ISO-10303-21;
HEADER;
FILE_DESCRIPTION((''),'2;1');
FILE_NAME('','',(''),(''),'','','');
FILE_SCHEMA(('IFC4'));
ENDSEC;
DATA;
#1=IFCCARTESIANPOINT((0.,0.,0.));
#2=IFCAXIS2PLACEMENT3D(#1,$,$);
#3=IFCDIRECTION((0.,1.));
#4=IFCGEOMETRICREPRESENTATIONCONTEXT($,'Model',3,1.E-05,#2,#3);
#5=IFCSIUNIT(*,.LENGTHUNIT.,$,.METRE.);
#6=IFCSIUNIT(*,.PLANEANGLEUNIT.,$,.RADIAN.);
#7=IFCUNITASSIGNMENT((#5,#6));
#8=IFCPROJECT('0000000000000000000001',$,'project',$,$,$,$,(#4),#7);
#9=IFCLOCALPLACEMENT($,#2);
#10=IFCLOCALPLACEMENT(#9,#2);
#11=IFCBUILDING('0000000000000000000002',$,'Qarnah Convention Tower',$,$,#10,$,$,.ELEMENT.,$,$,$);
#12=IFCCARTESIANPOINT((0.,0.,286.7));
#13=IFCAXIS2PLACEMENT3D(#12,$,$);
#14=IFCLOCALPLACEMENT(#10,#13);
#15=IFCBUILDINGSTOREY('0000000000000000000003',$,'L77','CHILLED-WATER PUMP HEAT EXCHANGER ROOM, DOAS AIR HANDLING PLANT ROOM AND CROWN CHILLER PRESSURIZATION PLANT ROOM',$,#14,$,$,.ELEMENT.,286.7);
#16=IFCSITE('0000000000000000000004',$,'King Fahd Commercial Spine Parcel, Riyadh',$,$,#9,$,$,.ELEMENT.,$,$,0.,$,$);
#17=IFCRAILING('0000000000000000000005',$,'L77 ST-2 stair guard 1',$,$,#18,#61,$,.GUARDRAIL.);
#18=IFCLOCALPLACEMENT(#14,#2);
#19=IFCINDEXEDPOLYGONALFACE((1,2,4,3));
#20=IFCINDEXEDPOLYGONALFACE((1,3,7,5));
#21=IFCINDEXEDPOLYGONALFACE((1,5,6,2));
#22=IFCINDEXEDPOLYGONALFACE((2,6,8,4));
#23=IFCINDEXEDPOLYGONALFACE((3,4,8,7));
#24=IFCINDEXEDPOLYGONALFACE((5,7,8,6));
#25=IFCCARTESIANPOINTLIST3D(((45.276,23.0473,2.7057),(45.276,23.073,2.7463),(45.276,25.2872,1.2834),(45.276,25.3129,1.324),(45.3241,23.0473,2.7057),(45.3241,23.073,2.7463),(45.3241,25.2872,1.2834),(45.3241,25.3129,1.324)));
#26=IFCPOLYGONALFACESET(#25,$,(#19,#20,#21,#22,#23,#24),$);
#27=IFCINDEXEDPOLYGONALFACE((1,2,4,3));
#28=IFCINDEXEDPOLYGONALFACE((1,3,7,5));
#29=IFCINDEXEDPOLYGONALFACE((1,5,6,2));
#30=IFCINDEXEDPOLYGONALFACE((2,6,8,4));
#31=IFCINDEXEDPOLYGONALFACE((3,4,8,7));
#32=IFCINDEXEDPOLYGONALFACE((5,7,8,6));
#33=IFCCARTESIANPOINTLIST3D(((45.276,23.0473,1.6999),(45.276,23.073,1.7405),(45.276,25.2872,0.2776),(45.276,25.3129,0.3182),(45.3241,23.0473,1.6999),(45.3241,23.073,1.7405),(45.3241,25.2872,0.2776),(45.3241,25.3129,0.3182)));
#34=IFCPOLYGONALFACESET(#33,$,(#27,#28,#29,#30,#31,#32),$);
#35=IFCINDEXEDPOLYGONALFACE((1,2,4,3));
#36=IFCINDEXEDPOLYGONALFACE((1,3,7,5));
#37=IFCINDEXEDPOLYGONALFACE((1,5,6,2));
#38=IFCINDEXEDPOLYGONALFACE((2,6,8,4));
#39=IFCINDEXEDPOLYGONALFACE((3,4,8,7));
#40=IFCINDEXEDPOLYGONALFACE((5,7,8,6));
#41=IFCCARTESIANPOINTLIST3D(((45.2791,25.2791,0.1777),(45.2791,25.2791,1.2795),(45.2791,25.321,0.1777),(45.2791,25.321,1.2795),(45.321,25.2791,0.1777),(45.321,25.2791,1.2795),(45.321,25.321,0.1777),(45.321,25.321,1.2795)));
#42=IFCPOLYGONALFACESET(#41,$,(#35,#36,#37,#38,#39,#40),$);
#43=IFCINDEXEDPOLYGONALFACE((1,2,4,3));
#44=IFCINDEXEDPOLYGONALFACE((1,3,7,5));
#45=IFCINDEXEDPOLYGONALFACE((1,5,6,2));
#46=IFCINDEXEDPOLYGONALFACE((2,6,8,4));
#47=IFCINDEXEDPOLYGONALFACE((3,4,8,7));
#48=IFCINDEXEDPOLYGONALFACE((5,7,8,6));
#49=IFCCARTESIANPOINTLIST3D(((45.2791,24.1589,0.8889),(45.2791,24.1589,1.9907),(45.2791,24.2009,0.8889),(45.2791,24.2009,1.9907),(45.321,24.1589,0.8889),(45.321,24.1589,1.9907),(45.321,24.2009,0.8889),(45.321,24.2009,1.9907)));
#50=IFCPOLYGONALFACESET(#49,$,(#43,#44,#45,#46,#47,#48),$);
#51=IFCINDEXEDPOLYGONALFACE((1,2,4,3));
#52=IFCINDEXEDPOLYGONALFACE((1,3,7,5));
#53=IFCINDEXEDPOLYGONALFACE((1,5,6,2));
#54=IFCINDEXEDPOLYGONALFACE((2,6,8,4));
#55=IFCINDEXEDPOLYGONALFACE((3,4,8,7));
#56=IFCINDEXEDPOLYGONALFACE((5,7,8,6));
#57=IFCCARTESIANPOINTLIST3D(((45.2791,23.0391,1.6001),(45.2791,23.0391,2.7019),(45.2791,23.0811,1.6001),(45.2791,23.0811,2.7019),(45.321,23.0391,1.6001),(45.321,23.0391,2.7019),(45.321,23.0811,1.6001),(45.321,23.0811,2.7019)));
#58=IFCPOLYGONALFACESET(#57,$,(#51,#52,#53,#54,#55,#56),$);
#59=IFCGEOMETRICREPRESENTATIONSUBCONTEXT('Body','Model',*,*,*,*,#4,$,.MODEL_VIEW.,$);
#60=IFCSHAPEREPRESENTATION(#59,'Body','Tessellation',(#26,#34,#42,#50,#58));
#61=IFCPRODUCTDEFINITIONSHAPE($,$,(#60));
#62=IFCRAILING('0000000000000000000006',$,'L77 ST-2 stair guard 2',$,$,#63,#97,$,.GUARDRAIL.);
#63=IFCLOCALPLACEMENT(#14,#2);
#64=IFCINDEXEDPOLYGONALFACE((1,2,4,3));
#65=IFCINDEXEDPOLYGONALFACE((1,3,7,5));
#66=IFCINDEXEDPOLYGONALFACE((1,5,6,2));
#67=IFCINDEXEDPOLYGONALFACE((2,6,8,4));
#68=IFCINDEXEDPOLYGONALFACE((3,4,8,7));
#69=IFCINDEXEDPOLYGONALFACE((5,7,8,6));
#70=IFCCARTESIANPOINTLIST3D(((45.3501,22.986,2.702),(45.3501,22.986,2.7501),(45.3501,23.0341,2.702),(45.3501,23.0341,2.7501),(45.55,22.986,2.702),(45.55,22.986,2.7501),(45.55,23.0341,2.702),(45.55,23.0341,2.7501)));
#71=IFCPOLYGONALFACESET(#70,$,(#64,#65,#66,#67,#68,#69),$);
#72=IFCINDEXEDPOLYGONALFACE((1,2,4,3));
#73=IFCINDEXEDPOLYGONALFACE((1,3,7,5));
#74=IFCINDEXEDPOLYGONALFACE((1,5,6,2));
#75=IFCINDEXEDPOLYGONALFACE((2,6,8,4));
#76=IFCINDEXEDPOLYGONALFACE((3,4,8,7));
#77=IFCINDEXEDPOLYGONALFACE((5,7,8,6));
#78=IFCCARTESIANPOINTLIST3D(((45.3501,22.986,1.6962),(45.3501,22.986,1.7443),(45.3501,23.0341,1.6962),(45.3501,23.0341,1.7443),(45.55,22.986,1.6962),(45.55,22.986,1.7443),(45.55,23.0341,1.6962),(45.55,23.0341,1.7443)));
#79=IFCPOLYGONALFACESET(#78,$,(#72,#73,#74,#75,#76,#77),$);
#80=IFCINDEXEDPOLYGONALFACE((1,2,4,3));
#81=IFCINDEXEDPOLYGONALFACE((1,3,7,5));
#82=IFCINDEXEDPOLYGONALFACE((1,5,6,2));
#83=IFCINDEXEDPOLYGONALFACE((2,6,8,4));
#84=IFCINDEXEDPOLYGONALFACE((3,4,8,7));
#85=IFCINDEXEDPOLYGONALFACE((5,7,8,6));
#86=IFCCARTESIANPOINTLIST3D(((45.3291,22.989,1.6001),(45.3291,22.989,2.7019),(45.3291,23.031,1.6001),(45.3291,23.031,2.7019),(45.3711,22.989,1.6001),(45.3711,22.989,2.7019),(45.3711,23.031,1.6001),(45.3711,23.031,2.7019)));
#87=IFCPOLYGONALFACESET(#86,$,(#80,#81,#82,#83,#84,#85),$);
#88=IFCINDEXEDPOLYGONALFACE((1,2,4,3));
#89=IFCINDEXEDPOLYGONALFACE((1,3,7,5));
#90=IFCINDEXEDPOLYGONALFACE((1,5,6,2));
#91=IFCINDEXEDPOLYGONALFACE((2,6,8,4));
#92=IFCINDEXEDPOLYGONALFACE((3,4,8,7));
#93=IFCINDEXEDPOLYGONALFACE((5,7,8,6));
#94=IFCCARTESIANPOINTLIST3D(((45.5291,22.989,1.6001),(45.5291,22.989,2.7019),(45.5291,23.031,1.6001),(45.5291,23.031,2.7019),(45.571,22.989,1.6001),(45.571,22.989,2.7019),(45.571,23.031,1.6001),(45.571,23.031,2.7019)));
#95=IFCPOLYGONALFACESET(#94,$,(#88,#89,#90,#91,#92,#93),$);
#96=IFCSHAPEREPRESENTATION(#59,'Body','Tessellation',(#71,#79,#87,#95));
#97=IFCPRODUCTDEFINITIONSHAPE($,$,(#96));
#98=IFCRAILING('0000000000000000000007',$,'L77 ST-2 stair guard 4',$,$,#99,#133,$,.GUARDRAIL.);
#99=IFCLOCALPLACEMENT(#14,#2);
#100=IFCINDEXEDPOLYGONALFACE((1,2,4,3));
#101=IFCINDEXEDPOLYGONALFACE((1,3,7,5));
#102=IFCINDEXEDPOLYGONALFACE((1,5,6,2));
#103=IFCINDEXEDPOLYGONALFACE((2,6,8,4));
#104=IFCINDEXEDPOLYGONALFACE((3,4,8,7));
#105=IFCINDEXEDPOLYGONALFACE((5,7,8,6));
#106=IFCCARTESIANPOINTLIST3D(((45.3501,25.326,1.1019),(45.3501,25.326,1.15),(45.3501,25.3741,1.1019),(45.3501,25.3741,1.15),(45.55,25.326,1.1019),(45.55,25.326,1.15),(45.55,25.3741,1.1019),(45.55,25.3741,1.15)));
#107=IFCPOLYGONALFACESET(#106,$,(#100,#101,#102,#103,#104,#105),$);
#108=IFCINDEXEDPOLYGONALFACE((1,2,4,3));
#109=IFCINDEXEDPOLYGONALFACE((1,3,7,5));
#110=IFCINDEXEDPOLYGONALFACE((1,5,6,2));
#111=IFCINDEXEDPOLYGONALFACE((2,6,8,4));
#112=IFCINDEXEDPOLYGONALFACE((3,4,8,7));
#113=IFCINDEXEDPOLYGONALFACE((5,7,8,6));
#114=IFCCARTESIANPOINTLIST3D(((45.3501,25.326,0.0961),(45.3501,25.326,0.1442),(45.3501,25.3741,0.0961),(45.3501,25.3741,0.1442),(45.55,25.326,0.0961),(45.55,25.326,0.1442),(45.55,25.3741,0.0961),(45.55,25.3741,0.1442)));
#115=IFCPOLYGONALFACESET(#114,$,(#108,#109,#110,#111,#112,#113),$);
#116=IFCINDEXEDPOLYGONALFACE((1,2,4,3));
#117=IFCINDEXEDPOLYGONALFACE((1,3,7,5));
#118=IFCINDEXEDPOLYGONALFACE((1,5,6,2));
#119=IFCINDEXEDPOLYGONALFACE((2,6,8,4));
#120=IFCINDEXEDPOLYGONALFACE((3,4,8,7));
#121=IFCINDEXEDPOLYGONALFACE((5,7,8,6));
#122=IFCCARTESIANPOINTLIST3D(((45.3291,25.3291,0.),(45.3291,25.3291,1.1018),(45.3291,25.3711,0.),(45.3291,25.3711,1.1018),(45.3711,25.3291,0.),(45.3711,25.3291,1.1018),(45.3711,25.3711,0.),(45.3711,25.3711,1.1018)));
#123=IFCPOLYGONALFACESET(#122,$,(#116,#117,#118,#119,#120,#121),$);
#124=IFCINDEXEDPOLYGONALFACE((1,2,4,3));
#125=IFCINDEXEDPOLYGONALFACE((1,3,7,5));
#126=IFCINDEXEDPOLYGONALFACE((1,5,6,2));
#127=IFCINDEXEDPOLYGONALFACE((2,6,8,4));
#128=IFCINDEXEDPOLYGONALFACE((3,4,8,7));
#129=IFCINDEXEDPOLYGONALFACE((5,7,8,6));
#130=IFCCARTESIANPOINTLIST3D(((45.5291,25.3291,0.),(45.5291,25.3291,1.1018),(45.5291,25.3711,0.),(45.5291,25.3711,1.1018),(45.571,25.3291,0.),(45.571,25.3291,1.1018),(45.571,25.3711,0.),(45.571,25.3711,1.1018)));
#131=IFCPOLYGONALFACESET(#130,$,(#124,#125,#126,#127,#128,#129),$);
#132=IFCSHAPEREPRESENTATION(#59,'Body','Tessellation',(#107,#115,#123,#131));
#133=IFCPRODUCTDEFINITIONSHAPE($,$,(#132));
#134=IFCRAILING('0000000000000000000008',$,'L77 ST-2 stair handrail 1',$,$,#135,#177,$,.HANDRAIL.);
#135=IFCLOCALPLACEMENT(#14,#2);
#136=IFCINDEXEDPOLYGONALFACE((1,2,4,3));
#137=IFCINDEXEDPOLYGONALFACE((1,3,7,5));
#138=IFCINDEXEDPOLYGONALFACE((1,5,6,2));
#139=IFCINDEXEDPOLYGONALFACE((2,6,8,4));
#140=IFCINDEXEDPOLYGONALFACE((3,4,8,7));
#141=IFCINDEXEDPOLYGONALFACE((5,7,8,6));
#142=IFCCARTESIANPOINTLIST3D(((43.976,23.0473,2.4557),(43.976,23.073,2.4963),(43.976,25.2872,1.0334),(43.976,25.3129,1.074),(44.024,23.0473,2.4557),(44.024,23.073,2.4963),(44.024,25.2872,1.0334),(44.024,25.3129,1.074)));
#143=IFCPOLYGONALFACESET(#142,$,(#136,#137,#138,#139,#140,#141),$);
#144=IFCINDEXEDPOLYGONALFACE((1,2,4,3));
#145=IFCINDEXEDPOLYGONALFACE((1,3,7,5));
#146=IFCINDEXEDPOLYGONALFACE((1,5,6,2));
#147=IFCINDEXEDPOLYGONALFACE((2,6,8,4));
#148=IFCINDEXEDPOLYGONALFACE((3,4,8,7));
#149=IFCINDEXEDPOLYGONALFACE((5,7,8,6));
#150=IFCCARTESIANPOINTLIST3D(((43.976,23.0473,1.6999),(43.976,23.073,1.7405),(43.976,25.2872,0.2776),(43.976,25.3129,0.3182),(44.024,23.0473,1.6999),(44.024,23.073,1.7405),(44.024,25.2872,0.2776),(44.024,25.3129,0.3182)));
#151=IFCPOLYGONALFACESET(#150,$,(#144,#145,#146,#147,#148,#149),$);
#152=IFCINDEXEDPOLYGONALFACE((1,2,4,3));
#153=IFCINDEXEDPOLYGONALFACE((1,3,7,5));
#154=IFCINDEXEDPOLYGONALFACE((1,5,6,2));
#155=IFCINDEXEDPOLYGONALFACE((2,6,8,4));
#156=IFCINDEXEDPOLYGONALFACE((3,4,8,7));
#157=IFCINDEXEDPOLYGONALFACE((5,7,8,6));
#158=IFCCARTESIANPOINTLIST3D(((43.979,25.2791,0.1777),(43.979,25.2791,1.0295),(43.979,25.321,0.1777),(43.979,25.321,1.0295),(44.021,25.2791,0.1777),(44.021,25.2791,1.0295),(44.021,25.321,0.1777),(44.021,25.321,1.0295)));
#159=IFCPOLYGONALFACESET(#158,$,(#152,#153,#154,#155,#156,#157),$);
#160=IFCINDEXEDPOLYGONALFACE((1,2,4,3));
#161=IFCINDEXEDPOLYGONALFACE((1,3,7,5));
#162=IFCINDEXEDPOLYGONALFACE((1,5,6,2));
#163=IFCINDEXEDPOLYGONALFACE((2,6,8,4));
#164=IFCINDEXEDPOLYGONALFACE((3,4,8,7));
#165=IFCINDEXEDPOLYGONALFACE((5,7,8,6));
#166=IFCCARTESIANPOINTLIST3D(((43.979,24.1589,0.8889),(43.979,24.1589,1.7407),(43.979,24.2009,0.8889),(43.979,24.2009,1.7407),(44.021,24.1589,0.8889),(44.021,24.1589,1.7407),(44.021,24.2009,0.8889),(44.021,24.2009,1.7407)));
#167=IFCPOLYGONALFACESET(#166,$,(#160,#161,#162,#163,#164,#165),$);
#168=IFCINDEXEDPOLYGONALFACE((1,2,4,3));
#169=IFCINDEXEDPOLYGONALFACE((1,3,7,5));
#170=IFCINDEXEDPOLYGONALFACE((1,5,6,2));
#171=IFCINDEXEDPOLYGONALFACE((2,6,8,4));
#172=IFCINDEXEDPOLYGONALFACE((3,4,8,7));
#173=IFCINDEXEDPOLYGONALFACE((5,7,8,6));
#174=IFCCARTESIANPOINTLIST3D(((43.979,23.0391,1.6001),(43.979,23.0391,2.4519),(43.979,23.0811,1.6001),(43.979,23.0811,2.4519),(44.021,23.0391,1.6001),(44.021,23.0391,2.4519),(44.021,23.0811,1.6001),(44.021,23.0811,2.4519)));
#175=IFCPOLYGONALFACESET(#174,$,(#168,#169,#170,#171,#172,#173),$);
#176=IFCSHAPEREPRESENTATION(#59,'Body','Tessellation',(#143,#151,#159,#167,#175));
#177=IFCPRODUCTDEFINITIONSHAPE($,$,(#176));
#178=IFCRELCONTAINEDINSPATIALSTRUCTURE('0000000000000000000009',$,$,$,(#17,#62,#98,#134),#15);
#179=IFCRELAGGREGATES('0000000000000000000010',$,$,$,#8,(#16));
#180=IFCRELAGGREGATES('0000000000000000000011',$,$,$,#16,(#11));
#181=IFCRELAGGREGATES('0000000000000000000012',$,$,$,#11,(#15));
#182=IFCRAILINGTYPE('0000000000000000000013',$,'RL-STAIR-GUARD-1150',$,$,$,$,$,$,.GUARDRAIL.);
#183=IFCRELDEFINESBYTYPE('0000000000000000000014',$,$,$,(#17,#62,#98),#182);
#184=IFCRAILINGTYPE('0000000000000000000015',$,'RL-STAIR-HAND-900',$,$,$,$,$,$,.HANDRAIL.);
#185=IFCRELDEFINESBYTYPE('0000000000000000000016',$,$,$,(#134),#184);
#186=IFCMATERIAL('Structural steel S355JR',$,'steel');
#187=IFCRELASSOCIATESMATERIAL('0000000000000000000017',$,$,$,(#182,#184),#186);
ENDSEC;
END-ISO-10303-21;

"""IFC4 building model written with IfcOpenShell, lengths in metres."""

from ifc_helpers import new_model, si_unit, direction, frame, origin, origin_2d, place, context, subcontext, project, spatial, rectangle, extrude, material, type_object, element, save


model = new_model("IFC4")

# Units and contexts
model_context = context("Model", 3, precision=1e-05, world=origin(), true_north=direction((0.0, 1.0)))
body_context = subcontext(model_context, "Body", "Model", "MODEL_VIEW")
ifc_project = project(units=[si_unit("LENGTHUNIT", "METRE"), si_unit("PLANEANGLEUNIT", "RADIAN")], contexts=[model_context])

# Site, building, storey
site_placement = place(None, origin())
site = spatial("IfcSite", under=ifc_project, at=site_placement, Name="King Fahd Commercial Spine Parcel, Riyadh", CompositionType="ELEMENT", RefElevation=0.0)
building_placement = place(site_placement, origin())
building = spatial("IfcBuilding", under=site, at=building_placement, Name="Qarnah Convention Tower", CompositionType="ELEMENT")
storey_placement = place(building_placement, frame((0.0, 0.0, 286.7)))
storey = spatial("IfcBuildingStorey", under=building, at=storey_placement, Name="L77", Description="CHILLED-WATER PUMP HEAT EXCHANGER ROOM, DOAS AIR HANDLING PLANT ROOM AND CROWN CHILLER PRESSURIZATION PLANT ROOM", CompositionType="ELEMENT", Elevation=286.7)

# Shared definitions
ifc_material_1 = material(Name="Structural steel S355JR", Category="steel")

# Railings
railing_type_1 = type_object("IfcRailingType", Name="RL-STAIR-GUARD-1150", PredefinedType="GUARDRAIL", material=ifc_material_1)
railing_1_placement = place(storey_placement, frame((45.3, 25.3, 0.1777)))
element("IfcRailing", 1, at=railing_1_placement, inside=storey, type_object=railing_type_1, Name="L77 ST-2 stair guard 1", PredefinedType="GUARDRAIL", context=body_context, shape_type="SweptSolid", body=[
    extrude(rectangle(XDim=0.0481, YDim=0.0481, at=origin_2d()), frame((0.0, 0.0, 1.126), z_axis=(0.0, -0.844188, 0.536048), x_axis=(1.0, 0.0, 0.0)), (0.0, 0.0, 1.0), 2.6533),
    extrude(rectangle(XDim=0.0481, YDim=0.0481, at=origin_2d()), frame((0.0, 0.0, 0.1201), z_axis=(0.0, -0.844188, 0.536048), x_axis=(1.0, 0.0, 0.0)), (0.0, 0.0, 1.0), 2.6533),
    extrude(rectangle(XDim=0.042, YDim=0.042, at=origin_2d()), origin(), (0.0, 0.0, 1.0), 1.1018),
    extrude(rectangle(XDim=0.042, YDim=0.042, at=origin_2d()), frame((0.0, -1.1201, 0.7112)), (0.0, 0.0, 1.0), 1.1018),
    extrude(rectangle(XDim=0.042, YDim=0.042, at=origin_2d()), frame((0.0, -2.24, 1.4224)), (0.0, 0.0, 1.0), 1.1018),
])
for number, where, name in (
    (2, (45.3501, 23.01, 1.6001), "L77 ST-2 stair guard 2"),
    (3, (45.3501, 25.3501, 0.0), "L77 ST-2 stair guard 4"),
):
    element("IfcRailing", number, at=place(storey_placement, frame(where)), inside=storey, type_object=railing_type_1, Name=name, PredefinedType="GUARDRAIL", context=body_context, shape_type="SweptSolid", body=[
        extrude(rectangle(XDim=0.0481, YDim=0.0481, at=origin_2d()), frame((0.0, 0.0, 1.126), z_axis=(1.0, 0.0, 0.0), x_axis=(0.0, 1.0, 0.0)), (0.0, 0.0, 1.0), 0.2),
        extrude(rectangle(XDim=0.0481, YDim=0.0481, at=origin_2d()), frame((0.0, 0.0, 0.1201), z_axis=(1.0, 0.0, 0.0), x_axis=(0.0, 1.0, 0.0)), (0.0, 0.0, 1.0), 0.2),
        extrude(rectangle(XDim=0.042, YDim=0.042, at=origin_2d()), origin(), (0.0, 0.0, 1.0), 1.1018),
        extrude(rectangle(XDim=0.042, YDim=0.042, at=origin_2d()), frame((0.2, 0.0, 0.0)), (0.0, 0.0, 1.0), 1.1018),
    ])
railing_type_2 = type_object("IfcRailingType", Name="RL-STAIR-HAND-900", PredefinedType="HANDRAIL", material=ifc_material_1)
railing_2_placement = place(storey_placement, frame((44.0, 25.3, 0.1777)))
element("IfcRailing", 4, at=railing_2_placement, inside=storey, type_object=railing_type_2, Name="L77 ST-2 stair handrail 1", PredefinedType="HANDRAIL", context=body_context, shape_type="SweptSolid", body=[
    extrude(rectangle(XDim=0.0481, YDim=0.0481, at=origin_2d()), frame((0.0, 0.0, 0.876), z_axis=(0.0, -0.844188, 0.536048), x_axis=(1.0, 0.0, 0.0)), (0.0, 0.0, 1.0), 2.6533),
    extrude(rectangle(XDim=0.0481, YDim=0.0481, at=origin_2d()), frame((0.0, 0.0, 0.1201), z_axis=(0.0, -0.844188, 0.536048), x_axis=(1.0, 0.0, 0.0)), (0.0, 0.0, 1.0), 2.6533),
    extrude(rectangle(XDim=0.042, YDim=0.042, at=origin_2d()), origin(), (0.0, 0.0, 1.0), 0.8518),
    extrude(rectangle(XDim=0.042, YDim=0.042, at=origin_2d()), frame((0.0, -1.1201, 0.7112)), (0.0, 0.0, 1.0), 0.8518),
    extrude(rectangle(XDim=0.042, YDim=0.042, at=origin_2d()), frame((0.0, -2.24, 1.4224)), (0.0, 0.0, 1.0), 0.8518),
])

save(model, "model.ifc")
